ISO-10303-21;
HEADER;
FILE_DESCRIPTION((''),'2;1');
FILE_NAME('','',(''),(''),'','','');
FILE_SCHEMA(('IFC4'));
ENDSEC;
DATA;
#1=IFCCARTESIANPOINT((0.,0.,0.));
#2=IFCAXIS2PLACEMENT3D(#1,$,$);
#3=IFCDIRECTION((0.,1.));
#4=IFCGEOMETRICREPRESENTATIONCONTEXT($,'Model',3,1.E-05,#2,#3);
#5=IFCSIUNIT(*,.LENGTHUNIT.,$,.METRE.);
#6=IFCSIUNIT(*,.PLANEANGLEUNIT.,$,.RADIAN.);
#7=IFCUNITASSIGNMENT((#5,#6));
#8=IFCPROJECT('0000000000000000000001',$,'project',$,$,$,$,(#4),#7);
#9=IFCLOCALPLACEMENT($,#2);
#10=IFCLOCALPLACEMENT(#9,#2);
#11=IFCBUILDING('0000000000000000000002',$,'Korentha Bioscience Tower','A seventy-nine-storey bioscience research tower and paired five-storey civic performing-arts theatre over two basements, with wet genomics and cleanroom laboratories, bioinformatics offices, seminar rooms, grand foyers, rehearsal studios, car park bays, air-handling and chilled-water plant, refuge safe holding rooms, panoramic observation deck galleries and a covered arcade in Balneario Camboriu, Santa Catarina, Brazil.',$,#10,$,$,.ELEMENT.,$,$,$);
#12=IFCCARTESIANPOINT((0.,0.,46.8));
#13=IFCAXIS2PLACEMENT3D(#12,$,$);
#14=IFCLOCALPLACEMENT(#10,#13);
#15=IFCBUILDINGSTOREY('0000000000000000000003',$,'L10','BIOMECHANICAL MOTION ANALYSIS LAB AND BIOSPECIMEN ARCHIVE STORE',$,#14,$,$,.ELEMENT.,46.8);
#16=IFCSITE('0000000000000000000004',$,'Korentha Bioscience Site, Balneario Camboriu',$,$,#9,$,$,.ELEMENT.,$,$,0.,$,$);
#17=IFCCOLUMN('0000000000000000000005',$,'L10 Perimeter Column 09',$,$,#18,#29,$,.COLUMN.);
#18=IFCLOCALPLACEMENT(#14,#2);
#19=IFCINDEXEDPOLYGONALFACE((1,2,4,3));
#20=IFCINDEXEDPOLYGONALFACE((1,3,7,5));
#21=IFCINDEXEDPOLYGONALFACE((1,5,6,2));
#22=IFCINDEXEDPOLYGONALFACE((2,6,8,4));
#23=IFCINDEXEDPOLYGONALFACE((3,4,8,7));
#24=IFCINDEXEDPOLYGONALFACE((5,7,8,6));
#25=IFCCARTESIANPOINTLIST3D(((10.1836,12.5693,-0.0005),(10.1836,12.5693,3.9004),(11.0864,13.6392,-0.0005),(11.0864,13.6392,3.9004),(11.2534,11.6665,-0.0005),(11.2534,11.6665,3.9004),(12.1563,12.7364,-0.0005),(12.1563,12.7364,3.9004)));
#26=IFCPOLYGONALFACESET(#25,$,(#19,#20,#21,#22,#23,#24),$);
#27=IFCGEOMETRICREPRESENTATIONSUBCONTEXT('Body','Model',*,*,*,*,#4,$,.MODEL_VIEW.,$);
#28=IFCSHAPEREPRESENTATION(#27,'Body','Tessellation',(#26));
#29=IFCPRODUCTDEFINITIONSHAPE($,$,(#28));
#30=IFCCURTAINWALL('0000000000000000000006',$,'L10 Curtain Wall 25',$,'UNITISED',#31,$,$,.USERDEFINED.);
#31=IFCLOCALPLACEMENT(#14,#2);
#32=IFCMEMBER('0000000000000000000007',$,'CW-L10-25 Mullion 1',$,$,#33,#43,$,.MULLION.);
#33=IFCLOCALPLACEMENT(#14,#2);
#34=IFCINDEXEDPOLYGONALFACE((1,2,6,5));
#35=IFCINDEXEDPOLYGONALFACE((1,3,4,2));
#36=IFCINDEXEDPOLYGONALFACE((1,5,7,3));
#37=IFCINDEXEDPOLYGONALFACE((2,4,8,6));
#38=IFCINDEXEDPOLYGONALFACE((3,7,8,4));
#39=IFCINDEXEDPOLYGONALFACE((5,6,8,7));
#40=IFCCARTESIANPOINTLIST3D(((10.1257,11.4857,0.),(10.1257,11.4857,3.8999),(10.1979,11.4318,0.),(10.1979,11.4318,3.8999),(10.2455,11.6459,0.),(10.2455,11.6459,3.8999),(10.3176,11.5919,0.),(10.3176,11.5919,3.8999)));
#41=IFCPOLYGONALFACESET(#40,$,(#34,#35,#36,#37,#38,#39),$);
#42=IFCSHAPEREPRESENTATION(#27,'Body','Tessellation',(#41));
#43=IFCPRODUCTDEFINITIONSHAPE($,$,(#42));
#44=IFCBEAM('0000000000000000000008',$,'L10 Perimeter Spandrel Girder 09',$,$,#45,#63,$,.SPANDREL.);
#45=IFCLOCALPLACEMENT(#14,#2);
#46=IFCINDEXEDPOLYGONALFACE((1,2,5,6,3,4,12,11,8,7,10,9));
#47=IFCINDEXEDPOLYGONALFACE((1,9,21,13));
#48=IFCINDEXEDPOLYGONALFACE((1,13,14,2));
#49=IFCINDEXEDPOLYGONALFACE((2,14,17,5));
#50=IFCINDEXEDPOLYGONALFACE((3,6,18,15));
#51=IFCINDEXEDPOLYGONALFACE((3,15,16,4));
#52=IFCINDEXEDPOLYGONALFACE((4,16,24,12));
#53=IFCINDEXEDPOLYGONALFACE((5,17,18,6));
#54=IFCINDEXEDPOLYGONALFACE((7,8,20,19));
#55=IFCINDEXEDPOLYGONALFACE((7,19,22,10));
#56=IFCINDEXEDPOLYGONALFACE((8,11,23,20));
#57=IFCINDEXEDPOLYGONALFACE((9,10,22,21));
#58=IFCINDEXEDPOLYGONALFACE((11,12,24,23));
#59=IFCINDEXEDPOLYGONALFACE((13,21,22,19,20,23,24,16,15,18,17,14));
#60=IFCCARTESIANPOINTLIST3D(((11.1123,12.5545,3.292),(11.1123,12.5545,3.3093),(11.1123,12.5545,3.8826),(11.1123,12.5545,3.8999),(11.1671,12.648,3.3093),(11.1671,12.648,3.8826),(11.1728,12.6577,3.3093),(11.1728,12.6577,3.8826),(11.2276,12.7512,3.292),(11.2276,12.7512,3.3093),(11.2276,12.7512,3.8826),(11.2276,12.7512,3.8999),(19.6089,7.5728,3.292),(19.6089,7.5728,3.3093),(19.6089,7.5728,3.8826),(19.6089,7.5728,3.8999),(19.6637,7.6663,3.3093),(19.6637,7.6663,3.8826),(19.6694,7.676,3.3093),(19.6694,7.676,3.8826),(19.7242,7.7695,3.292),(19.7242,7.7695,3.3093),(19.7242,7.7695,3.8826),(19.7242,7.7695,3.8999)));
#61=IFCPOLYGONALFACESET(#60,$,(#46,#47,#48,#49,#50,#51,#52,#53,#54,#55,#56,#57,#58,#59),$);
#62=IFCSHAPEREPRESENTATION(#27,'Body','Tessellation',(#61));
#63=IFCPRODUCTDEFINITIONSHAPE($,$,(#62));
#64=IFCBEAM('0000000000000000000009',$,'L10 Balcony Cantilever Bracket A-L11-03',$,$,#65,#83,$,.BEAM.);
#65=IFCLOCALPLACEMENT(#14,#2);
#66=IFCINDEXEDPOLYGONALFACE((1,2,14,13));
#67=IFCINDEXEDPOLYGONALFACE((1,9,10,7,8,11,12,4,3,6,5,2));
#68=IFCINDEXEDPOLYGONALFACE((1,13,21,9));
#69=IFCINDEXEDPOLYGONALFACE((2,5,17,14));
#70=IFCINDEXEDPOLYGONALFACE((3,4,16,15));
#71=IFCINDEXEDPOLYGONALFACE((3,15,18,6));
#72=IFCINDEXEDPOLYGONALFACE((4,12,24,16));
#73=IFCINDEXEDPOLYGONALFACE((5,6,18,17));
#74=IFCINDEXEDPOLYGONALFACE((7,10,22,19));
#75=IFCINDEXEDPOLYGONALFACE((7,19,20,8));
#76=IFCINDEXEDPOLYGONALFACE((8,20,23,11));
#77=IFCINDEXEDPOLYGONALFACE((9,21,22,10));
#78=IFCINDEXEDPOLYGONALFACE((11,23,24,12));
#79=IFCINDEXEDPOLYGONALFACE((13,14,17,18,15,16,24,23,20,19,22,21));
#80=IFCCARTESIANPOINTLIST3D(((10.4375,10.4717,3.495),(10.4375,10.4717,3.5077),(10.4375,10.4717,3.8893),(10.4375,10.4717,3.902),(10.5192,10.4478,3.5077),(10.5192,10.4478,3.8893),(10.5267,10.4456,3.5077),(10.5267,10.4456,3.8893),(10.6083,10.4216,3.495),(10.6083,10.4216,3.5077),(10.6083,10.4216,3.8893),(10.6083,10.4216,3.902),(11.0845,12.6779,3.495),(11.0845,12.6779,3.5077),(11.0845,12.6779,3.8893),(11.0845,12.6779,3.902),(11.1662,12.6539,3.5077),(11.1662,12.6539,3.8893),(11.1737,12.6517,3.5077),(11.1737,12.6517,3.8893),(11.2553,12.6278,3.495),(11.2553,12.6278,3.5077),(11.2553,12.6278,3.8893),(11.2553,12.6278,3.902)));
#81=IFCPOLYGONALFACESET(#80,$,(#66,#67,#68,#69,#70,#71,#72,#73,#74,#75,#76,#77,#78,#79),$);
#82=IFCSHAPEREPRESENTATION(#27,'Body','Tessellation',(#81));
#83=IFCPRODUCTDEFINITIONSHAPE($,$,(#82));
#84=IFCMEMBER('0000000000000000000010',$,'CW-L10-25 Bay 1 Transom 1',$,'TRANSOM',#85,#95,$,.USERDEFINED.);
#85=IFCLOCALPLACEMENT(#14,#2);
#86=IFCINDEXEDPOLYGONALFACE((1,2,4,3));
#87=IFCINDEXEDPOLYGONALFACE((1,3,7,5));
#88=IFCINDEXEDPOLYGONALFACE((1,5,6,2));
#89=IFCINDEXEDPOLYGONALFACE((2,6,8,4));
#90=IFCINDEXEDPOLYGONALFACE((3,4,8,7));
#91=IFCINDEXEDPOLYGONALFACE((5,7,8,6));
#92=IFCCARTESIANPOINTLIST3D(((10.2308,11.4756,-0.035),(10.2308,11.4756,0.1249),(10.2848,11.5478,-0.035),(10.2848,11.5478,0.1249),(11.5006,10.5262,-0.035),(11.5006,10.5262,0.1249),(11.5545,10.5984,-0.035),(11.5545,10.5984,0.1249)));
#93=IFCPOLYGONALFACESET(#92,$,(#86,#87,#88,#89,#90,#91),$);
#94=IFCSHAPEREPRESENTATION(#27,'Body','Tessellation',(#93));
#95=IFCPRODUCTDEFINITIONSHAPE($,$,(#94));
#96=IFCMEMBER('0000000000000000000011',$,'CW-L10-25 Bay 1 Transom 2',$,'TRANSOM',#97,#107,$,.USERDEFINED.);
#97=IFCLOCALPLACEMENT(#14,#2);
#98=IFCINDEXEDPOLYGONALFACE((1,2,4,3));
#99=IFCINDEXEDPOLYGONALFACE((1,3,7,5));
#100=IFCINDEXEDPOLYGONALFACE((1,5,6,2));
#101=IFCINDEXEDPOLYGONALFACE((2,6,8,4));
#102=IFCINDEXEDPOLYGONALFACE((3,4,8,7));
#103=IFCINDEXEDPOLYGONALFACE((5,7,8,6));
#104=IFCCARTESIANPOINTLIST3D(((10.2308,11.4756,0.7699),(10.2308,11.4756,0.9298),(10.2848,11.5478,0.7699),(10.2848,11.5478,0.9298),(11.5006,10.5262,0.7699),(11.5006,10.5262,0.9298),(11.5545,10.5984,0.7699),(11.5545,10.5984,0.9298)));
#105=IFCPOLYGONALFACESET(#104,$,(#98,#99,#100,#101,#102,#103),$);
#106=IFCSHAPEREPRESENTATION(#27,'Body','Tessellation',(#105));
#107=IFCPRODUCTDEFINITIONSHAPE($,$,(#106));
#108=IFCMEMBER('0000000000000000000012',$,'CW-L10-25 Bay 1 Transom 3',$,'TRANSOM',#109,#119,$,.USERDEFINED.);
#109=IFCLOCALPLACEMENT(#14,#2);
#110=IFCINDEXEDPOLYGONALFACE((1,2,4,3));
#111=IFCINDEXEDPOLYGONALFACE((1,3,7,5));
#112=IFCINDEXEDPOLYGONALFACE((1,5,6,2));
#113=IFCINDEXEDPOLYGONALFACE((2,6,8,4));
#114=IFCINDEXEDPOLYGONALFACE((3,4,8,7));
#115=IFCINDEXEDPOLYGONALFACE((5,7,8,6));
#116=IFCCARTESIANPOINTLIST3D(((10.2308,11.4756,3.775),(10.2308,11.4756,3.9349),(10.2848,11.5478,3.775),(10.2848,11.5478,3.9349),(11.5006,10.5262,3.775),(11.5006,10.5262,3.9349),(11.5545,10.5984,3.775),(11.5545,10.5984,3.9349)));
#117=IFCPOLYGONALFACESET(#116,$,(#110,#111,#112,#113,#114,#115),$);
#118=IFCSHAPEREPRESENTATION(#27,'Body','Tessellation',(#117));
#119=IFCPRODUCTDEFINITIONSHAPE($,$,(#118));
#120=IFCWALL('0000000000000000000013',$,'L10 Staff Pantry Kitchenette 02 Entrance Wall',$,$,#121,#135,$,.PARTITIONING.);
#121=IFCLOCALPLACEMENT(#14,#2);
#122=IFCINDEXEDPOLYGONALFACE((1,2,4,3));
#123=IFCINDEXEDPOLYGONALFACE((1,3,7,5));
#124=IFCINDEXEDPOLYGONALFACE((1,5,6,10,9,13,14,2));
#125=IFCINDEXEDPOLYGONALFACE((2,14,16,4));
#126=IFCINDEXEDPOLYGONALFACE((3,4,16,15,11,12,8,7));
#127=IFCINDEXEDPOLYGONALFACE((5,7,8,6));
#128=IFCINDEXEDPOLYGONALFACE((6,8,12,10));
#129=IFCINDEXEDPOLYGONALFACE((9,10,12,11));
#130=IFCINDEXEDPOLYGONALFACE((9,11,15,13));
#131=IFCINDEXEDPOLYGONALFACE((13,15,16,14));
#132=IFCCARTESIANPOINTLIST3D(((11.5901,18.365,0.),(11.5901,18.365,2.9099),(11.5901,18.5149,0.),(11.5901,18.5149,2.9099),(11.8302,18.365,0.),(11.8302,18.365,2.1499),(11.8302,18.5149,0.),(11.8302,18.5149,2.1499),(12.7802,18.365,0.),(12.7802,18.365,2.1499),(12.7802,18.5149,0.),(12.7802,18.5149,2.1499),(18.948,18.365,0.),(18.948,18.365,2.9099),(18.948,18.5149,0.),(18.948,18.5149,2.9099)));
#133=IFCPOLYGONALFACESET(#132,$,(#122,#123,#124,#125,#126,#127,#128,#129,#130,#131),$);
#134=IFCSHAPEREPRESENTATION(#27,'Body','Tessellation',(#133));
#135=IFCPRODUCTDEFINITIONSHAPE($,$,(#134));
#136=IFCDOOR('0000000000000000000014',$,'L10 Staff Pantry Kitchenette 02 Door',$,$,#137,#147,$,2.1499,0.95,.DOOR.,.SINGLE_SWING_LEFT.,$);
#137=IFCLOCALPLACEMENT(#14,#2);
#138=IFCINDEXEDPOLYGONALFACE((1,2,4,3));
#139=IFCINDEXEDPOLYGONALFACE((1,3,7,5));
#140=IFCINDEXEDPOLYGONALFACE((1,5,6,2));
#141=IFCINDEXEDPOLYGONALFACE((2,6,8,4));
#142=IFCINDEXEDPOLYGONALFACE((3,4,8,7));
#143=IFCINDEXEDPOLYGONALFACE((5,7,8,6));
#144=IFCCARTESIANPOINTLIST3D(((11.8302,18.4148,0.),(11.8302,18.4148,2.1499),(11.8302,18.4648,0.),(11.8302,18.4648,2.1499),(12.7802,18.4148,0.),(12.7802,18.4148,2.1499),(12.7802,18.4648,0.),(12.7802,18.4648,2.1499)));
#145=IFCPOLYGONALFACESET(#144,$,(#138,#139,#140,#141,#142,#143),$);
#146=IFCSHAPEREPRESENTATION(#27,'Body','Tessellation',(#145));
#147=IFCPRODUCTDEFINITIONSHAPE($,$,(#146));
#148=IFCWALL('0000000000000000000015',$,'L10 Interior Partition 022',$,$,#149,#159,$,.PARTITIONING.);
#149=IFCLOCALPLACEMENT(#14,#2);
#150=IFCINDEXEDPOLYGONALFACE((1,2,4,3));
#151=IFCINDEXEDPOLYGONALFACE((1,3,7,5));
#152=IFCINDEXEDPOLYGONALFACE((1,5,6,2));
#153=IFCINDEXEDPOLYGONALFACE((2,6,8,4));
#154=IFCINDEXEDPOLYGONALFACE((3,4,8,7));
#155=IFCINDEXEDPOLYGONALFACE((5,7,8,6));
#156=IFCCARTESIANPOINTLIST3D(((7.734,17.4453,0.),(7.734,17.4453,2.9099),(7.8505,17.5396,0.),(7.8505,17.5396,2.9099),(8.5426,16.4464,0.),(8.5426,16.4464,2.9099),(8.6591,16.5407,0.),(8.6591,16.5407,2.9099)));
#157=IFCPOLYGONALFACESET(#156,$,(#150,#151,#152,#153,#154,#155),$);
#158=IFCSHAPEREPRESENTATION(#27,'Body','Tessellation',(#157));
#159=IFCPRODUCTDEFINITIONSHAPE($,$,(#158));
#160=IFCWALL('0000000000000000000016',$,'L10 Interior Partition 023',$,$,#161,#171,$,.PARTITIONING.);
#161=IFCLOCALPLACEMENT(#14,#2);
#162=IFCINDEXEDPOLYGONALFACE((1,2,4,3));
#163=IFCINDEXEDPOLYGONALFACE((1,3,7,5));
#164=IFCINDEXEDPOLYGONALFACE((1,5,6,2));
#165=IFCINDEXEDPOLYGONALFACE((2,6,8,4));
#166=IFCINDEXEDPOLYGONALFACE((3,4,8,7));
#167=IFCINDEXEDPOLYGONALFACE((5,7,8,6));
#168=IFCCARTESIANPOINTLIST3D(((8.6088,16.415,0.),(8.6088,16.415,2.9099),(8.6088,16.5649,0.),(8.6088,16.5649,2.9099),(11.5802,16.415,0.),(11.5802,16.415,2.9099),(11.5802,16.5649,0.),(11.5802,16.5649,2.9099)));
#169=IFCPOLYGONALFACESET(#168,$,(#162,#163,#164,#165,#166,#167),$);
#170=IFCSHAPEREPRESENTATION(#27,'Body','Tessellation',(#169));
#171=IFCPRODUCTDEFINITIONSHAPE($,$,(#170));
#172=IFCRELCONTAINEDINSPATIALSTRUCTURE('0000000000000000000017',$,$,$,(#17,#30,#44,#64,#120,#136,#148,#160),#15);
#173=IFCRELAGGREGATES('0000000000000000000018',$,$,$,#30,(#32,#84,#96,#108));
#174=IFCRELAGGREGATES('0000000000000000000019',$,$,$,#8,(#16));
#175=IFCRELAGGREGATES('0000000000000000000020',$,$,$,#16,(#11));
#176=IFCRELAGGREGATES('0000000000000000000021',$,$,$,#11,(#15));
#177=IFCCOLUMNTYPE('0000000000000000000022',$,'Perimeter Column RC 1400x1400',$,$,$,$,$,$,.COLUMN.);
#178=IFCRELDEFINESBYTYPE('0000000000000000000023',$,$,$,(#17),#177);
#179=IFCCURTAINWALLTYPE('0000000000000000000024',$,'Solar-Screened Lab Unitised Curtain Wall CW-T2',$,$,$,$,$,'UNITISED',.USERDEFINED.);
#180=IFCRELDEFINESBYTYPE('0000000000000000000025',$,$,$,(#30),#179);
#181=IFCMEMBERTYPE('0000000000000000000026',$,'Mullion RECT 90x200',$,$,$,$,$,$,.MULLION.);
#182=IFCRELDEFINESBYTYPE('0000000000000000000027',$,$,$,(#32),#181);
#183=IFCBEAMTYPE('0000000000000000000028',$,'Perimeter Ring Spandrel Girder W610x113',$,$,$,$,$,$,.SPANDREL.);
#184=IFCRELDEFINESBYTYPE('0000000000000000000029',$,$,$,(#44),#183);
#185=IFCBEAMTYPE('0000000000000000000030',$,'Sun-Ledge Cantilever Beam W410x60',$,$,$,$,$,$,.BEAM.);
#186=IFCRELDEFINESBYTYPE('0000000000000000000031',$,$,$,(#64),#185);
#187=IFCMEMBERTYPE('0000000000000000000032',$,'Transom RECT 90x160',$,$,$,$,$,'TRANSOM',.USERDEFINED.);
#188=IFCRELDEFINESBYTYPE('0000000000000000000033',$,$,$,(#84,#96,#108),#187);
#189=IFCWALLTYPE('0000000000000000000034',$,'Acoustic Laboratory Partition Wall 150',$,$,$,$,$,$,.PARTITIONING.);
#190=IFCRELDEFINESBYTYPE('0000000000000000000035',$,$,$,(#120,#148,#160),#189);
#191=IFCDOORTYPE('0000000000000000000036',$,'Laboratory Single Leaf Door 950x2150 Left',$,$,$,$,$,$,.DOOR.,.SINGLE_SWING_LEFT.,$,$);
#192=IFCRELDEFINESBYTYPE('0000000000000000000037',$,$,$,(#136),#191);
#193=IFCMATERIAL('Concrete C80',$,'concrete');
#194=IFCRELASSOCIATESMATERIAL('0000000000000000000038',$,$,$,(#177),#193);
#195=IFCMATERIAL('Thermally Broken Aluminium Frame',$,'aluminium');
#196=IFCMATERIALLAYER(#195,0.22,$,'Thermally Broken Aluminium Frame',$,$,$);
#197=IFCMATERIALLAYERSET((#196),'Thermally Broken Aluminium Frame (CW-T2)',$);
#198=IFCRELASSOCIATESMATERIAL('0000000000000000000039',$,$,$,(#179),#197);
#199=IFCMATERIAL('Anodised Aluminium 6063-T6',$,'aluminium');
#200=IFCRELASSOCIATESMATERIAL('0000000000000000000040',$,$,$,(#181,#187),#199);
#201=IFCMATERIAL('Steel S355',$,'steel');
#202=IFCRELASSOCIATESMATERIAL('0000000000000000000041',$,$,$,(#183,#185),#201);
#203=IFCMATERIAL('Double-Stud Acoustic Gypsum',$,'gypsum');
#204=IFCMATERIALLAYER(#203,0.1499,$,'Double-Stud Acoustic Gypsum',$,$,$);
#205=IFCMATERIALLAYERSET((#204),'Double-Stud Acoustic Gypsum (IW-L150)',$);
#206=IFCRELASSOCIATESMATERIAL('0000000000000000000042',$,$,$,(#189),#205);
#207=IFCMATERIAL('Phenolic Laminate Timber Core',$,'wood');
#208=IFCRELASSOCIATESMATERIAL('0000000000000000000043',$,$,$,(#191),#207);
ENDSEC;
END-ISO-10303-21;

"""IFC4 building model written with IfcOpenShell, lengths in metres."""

from ifc_helpers import new_model, si_unit, direction, frame, frame_2d, origin, origin_2d, place, context, subcontext, project, spatial, rectangle, i_section, extrude, material, layer, layer_set, material_profile, profile_set, type_object, element, fill, aggregate, save


model = new_model("IFC4")

# Units and contexts
model_context = context("Model", 3, precision=1e-05, world=origin(), true_north=direction((0.0, 1.0)))
body_context = subcontext(model_context, "Body", "Model", "MODEL_VIEW")
ifc_project = project(units=[si_unit("LENGTHUNIT", "METRE"), si_unit("PLANEANGLEUNIT", "RADIAN")], contexts=[model_context])

# Site, building, storey
site_placement = place(None, origin())
site = spatial("IfcSite", under=ifc_project, at=site_placement, Name="Korentha Bioscience Site, Balneario Camboriu", CompositionType="ELEMENT", RefElevation=0.0)
building_placement = place(site_placement, origin())
building = spatial("IfcBuilding", under=site, at=building_placement, Name="Korentha Bioscience Tower", Description="A seventy-nine-storey bioscience research tower and paired five-storey civic performing-arts theatre over two basements, with wet genomics and cleanroom laboratories, bioinformatics offices, seminar rooms, grand foyers, rehearsal studios, car park bays, air-handling and chilled-water plant, refuge safe holding rooms, panoramic observation deck galleries and a covered arcade in Balneario Camboriu, Santa Catarina, Brazil.", CompositionType="ELEMENT")
storey_placement = place(building_placement, frame((0.0, 0.0, 46.8)))
storey = spatial("IfcBuildingStorey", under=building, at=storey_placement, Name="L10", Description="BIOMECHANICAL MOTION ANALYSIS LAB AND BIOSPECIMEN ARCHIVE STORE", CompositionType="ELEMENT", Elevation=46.8)

# Column
ifc_material_1 = material(Name="Concrete C80", Category="concrete")
ifc_material_profile_1 = material_profile(ifc_material_1, rectangle(XDim=1.3999, YDim=1.3999, at=origin_2d()), Name="Concrete C80")
ifc_profile_set_1 = profile_set([ifc_material_profile_1], Name="Concrete C80 (COL-P14)")
column_type = type_object("IfcColumnType", Name="Perimeter Column RC 1400x1400", PredefinedType="COLUMN", material=ifc_profile_set_1)
column_placement = place(storey_placement, frame((11.1699, 12.6528, -0.0005), z_axis=(0.0, 0.0, 1.0), x_axis=(-0.764246, 0.644924, 0.0)))
element("IfcColumn", 1, at=column_placement, inside=storey, type_object=column_type, Name="L10 Perimeter Column 09", PredefinedType="COLUMN", context=body_context, shape_type="SweptSolid", body=[
    extrude(rectangle(XDim=1.3999, YDim=1.3999, at=origin_2d()), origin(), (0.0, 0.0, 1.0), 3.9009),
])

# Curtain wall, member
ifc_material_2 = material(Name="Thermally Broken Aluminium Frame", Category="aluminium")
ifc_layer_1 = layer(ifc_material_2, 0.22, Name="Thermally Broken Aluminium Frame")
ifc_layer_set_1 = layer_set([ifc_layer_1], Name="Thermally Broken Aluminium Frame (CW-T2)")
curtain_wall_type = type_object("IfcCurtainWallType", Name="Solar-Screened Lab Unitised Curtain Wall CW-T2", ElementType="UNITISED", PredefinedType="USERDEFINED", material=ifc_layer_set_1)
curtain_wall_placement = place(storey_placement, origin())
curtain_wall = element("IfcCurtainWall", 2, at=curtain_wall_placement, inside=storey, type_object=curtain_wall_type, Name="L10 Curtain Wall 25", ObjectType="UNITISED", PredefinedType="USERDEFINED")
ifc_material_3 = material(Name="Anodised Aluminium 6063-T6", Category="aluminium")
ifc_material_profile_2 = material_profile(ifc_material_3, rectangle(XDim=0.0901, YDim=0.2, at=origin_2d()), Name="Anodised Aluminium 6063-T6")
ifc_profile_set_2 = profile_set([ifc_material_profile_2], Name="Anodised Aluminium 6063-T6 (CW-MUL)")
member_type_1 = type_object("IfcMemberType", Name="Mullion RECT 90x200", PredefinedType="MULLION", material=ifc_profile_set_2)
member_1_placement = place(storey_placement, frame((10.2217, 11.5388, 0.0), z_axis=(0.0, 0.0, 1.0), x_axis=(0.800798, -0.598935, 0.0)))
member_1 = element("IfcMember", 3, at=member_1_placement, type_object=member_type_1, Name="CW-L10-25 Mullion 1", PredefinedType="MULLION", context=body_context, shape_type="SweptSolid", body=[
    extrude(rectangle(XDim=0.0901, YDim=0.2, at=origin_2d()), origin(), (0.0, 0.0, 1.0), 3.8999),
])

# Beams
ifc_material_4 = material(Name="Steel S355", Category="steel")
ifc_material_profile_3 = material_profile(ifc_material_4, i_section(OverallWidth=0.228, OverallDepth=0.6079, WebThickness=0.0112, FlangeThickness=0.0173, at=origin_2d()), Name="Steel S355")
ifc_profile_set_3 = profile_set([ifc_material_profile_3], Name="Steel S355 (SB-610)")
beam_type_1 = type_object("IfcBeamType", Name="Perimeter Ring Spandrel Girder W610x113", PredefinedType="SPANDREL", material=ifc_profile_set_3)
beam_1_placement = place(storey_placement, frame((11.1699, 12.6528, 3.5959), z_axis=(0.862657, -0.50579, 0.0), x_axis=(0.50579, 0.862657, 0.0)))
element("IfcBeam", 4, at=beam_1_placement, inside=storey, type_object=beam_type_1, Name="L10 Perimeter Spandrel Girder 09", PredefinedType="SPANDREL", context=body_context, shape_type="SweptSolid", body=[
    extrude(i_section(OverallWidth=0.228, OverallDepth=0.6079, WebThickness=0.0112, FlangeThickness=0.0173, at=origin_2d()), origin(), (0.0, 0.0, 1.0), 9.8494),
])
ifc_material_profile_4 = material_profile(ifc_material_4, i_section(OverallWidth=0.178, OverallDepth=0.407, WebThickness=0.0078, FlangeThickness=0.0127, at=origin_2d()), Name="Steel S355")
ifc_profile_set_4 = profile_set([ifc_material_profile_4], Name="Steel S355 (CB-410)")
beam_type_2 = type_object("IfcBeamType", Name="Sun-Ledge Cantilever Beam W410x60", PredefinedType="BEAM", material=ifc_profile_set_4)
beam_2_placement = place(storey_placement, frame((11.1699, 12.6528, 3.6985), z_axis=(-0.281419, -0.959585, 0.0), x_axis=(0.959585, -0.281419, 0.0)))
element("IfcBeam", 5, at=beam_2_placement, inside=storey, type_object=beam_type_2, Name="L10 Balcony Cantilever Bracket A-L11-03", PredefinedType="BEAM", context=body_context, shape_type="SweptSolid", body=[
    extrude(i_section(OverallWidth=0.178, OverallDepth=0.407, WebThickness=0.0078, FlangeThickness=0.0127, at=origin_2d()), origin(), (0.0, 0.0, 1.0), 2.2991),
])

# Members
ifc_material_profile_5 = material_profile(ifc_material_3, rectangle(XDim=0.0901, YDim=0.1599, at=origin_2d()), Name="Anodised Aluminium 6063-T6")
ifc_profile_set_5 = profile_set([ifc_material_profile_5], Name="Anodised Aluminium 6063-T6 (CW-TRN)")
member_type_2 = type_object("IfcMemberType", Name="Transom RECT 90x160", ElementType="TRANSOM", PredefinedType="USERDEFINED", material=ifc_profile_set_5)
member_2_placement = place(storey_placement, frame((10.2578, 11.5117, 0.0449), z_axis=(0.800868, -0.598841, 0.0), x_axis=(0.598841, 0.800868, 0.0)))
member_2 = element("IfcMember", 6, at=member_2_placement, type_object=member_type_2, Name="CW-L10-25 Bay 1 Transom 1", ObjectType="TRANSOM", PredefinedType="USERDEFINED", context=body_context, shape_type="SweptSolid", body=[
    extrude(rectangle(XDim=0.0901, YDim=0.1599, at=origin_2d()), origin(), (0.0, 0.0, 1.0), 1.5854),
])
member_3_placement = place(storey_placement, frame((10.2578, 11.5117, 0.8499), z_axis=(0.800868, -0.598841, 0.0), x_axis=(0.598841, 0.800868, 0.0)))
member_3 = element("IfcMember", 7, at=member_3_placement, type_object=member_type_2, Name="CW-L10-25 Bay 1 Transom 2", ObjectType="TRANSOM", PredefinedType="USERDEFINED", context=body_context, shape_type="SweptSolid", body=[
    extrude(rectangle(XDim=0.0901, YDim=0.1599, at=origin_2d()), origin(), (0.0, 0.0, 1.0), 1.5854),
])
member_4_placement = place(storey_placement, frame((10.2578, 11.5117, 3.855), z_axis=(0.800868, -0.598841, 0.0), x_axis=(0.598841, 0.800868, 0.0)))
member_4 = element("IfcMember", 8, at=member_4_placement, type_object=member_type_2, Name="CW-L10-25 Bay 1 Transom 3", ObjectType="TRANSOM", PredefinedType="USERDEFINED", context=body_context, shape_type="SweptSolid", body=[
    extrude(rectangle(XDim=0.0901, YDim=0.1599, at=origin_2d()), origin(), (0.0, 0.0, 1.0), 1.5854),
])
aggregate(curtain_wall, [member_1, member_2, member_3, member_4])

# Wall, opening, door
ifc_material_5 = material(Name="Double-Stud Acoustic Gypsum", Category="gypsum")
ifc_layer_2 = layer(ifc_material_5, 0.1499, Name="Double-Stud Acoustic Gypsum")
ifc_layer_set_2 = layer_set([ifc_layer_2], Name="Double-Stud Acoustic Gypsum (IW-L150)")
wall_type_1 = type_object("IfcWallType", Name="Acoustic Laboratory Partition Wall 150", PredefinedType="PARTITIONING", material=ifc_layer_set_2)
wall_1_placement = place(storey_placement, frame((11.5901, 18.4399, 0.0), z_axis=(0.0, 0.0, 1.0), x_axis=(1.0, 0.0, 0.0)))
wall_1 = element("IfcWall", 9, at=wall_1_placement, inside=storey, type_object=wall_type_1, Name="L10 Staff Pantry Kitchenette 02 Entrance Wall", PredefinedType="PARTITIONING", context=body_context, shape_type="SweptSolid", body=[
    extrude(rectangle(XDim=7.3579, YDim=0.1499, at=frame_2d((3.679, 0.0))), origin(), (0.0, 0.0, 1.0), 2.9099),
])
opening_1_placement = place(wall_1_placement, frame((0.24, 0.0, 0.0)))
opening_1 = element("IfcOpeningElement", 10, at=opening_1_placement, cuts=wall_1, PredefinedType="OPENING", context=body_context, shape_type="SweptSolid", body=[
    extrude(rectangle(XDim=0.95, YDim=2.1499, at=frame_2d((0.4751, 1.075))), frame((0.0, 0.0898, 0.0), z_axis=(0.0, -1.0, 0.0), x_axis=(1.0, 0.0, 0.0)), (0.0, 0.0, 1.0), 0.1797),
])
ifc_material_6 = material(Name="Phenolic Laminate Timber Core", Category="wood")
door_type_1 = type_object("IfcDoorType", Name="Laboratory Single Leaf Door 950x2150 Left", OperationType="SINGLE_SWING_LEFT", PredefinedType="DOOR", material=ifc_material_6)
door_1_placement = place(opening_1_placement, origin())
door_1 = element("IfcDoor", 11, at=door_1_placement, inside=storey, type_object=door_type_1, Name="L10 Staff Pantry Kitchenette 02 Door", OperationType="SINGLE_SWING_LEFT", OverallHeight=2.1499, OverallWidth=0.95, PredefinedType="DOOR", context=body_context, shape_type="SweptSolid", body=[
    extrude(rectangle(XDim=0.95, YDim=2.1499, at=frame_2d((0.4751, 1.075))), frame((0.0, 0.0249, 0.0), z_axis=(0.0, -1.0, 0.0), x_axis=(1.0, 0.0, 0.0)), (0.0, 0.0, 1.0), 0.05),
])
fill(opening_1, door_1)

# Walls
wall_2_placement = place(storey_placement, frame((7.7922, 17.4924, 0.0), z_axis=(0.0, 0.0, 1.0), x_axis=(0.629226, -0.777223, 0.0)))
element("IfcWall", 12, at=wall_2_placement, inside=storey, type_object=wall_type_1, Name="L10 Interior Partition 022", PredefinedType="PARTITIONING", context=body_context, shape_type="SweptSolid", body=[
    extrude(rectangle(XDim=1.2852, YDim=0.1499, at=frame_2d((0.6426, 0.0))), origin(), (0.0, 0.0, 1.0), 2.9099),
])
wall_3_placement = place(storey_placement, frame((8.6086, 16.49, 0.0), z_axis=(0.0, 0.0, 1.0), x_axis=(1.0, 0.0, 0.0)))
element("IfcWall", 13, at=wall_3_placement, inside=storey, type_object=wall_type_1, Name="L10 Interior Partition 023", PredefinedType="PARTITIONING", context=body_context, shape_type="SweptSolid", body=[
    extrude(rectangle(XDim=2.9714, YDim=0.1499, at=frame_2d((1.4858, 0.0))), origin(), (0.0, 0.0, 1.0), 2.9099),
])

save(model, "model.ifc")
